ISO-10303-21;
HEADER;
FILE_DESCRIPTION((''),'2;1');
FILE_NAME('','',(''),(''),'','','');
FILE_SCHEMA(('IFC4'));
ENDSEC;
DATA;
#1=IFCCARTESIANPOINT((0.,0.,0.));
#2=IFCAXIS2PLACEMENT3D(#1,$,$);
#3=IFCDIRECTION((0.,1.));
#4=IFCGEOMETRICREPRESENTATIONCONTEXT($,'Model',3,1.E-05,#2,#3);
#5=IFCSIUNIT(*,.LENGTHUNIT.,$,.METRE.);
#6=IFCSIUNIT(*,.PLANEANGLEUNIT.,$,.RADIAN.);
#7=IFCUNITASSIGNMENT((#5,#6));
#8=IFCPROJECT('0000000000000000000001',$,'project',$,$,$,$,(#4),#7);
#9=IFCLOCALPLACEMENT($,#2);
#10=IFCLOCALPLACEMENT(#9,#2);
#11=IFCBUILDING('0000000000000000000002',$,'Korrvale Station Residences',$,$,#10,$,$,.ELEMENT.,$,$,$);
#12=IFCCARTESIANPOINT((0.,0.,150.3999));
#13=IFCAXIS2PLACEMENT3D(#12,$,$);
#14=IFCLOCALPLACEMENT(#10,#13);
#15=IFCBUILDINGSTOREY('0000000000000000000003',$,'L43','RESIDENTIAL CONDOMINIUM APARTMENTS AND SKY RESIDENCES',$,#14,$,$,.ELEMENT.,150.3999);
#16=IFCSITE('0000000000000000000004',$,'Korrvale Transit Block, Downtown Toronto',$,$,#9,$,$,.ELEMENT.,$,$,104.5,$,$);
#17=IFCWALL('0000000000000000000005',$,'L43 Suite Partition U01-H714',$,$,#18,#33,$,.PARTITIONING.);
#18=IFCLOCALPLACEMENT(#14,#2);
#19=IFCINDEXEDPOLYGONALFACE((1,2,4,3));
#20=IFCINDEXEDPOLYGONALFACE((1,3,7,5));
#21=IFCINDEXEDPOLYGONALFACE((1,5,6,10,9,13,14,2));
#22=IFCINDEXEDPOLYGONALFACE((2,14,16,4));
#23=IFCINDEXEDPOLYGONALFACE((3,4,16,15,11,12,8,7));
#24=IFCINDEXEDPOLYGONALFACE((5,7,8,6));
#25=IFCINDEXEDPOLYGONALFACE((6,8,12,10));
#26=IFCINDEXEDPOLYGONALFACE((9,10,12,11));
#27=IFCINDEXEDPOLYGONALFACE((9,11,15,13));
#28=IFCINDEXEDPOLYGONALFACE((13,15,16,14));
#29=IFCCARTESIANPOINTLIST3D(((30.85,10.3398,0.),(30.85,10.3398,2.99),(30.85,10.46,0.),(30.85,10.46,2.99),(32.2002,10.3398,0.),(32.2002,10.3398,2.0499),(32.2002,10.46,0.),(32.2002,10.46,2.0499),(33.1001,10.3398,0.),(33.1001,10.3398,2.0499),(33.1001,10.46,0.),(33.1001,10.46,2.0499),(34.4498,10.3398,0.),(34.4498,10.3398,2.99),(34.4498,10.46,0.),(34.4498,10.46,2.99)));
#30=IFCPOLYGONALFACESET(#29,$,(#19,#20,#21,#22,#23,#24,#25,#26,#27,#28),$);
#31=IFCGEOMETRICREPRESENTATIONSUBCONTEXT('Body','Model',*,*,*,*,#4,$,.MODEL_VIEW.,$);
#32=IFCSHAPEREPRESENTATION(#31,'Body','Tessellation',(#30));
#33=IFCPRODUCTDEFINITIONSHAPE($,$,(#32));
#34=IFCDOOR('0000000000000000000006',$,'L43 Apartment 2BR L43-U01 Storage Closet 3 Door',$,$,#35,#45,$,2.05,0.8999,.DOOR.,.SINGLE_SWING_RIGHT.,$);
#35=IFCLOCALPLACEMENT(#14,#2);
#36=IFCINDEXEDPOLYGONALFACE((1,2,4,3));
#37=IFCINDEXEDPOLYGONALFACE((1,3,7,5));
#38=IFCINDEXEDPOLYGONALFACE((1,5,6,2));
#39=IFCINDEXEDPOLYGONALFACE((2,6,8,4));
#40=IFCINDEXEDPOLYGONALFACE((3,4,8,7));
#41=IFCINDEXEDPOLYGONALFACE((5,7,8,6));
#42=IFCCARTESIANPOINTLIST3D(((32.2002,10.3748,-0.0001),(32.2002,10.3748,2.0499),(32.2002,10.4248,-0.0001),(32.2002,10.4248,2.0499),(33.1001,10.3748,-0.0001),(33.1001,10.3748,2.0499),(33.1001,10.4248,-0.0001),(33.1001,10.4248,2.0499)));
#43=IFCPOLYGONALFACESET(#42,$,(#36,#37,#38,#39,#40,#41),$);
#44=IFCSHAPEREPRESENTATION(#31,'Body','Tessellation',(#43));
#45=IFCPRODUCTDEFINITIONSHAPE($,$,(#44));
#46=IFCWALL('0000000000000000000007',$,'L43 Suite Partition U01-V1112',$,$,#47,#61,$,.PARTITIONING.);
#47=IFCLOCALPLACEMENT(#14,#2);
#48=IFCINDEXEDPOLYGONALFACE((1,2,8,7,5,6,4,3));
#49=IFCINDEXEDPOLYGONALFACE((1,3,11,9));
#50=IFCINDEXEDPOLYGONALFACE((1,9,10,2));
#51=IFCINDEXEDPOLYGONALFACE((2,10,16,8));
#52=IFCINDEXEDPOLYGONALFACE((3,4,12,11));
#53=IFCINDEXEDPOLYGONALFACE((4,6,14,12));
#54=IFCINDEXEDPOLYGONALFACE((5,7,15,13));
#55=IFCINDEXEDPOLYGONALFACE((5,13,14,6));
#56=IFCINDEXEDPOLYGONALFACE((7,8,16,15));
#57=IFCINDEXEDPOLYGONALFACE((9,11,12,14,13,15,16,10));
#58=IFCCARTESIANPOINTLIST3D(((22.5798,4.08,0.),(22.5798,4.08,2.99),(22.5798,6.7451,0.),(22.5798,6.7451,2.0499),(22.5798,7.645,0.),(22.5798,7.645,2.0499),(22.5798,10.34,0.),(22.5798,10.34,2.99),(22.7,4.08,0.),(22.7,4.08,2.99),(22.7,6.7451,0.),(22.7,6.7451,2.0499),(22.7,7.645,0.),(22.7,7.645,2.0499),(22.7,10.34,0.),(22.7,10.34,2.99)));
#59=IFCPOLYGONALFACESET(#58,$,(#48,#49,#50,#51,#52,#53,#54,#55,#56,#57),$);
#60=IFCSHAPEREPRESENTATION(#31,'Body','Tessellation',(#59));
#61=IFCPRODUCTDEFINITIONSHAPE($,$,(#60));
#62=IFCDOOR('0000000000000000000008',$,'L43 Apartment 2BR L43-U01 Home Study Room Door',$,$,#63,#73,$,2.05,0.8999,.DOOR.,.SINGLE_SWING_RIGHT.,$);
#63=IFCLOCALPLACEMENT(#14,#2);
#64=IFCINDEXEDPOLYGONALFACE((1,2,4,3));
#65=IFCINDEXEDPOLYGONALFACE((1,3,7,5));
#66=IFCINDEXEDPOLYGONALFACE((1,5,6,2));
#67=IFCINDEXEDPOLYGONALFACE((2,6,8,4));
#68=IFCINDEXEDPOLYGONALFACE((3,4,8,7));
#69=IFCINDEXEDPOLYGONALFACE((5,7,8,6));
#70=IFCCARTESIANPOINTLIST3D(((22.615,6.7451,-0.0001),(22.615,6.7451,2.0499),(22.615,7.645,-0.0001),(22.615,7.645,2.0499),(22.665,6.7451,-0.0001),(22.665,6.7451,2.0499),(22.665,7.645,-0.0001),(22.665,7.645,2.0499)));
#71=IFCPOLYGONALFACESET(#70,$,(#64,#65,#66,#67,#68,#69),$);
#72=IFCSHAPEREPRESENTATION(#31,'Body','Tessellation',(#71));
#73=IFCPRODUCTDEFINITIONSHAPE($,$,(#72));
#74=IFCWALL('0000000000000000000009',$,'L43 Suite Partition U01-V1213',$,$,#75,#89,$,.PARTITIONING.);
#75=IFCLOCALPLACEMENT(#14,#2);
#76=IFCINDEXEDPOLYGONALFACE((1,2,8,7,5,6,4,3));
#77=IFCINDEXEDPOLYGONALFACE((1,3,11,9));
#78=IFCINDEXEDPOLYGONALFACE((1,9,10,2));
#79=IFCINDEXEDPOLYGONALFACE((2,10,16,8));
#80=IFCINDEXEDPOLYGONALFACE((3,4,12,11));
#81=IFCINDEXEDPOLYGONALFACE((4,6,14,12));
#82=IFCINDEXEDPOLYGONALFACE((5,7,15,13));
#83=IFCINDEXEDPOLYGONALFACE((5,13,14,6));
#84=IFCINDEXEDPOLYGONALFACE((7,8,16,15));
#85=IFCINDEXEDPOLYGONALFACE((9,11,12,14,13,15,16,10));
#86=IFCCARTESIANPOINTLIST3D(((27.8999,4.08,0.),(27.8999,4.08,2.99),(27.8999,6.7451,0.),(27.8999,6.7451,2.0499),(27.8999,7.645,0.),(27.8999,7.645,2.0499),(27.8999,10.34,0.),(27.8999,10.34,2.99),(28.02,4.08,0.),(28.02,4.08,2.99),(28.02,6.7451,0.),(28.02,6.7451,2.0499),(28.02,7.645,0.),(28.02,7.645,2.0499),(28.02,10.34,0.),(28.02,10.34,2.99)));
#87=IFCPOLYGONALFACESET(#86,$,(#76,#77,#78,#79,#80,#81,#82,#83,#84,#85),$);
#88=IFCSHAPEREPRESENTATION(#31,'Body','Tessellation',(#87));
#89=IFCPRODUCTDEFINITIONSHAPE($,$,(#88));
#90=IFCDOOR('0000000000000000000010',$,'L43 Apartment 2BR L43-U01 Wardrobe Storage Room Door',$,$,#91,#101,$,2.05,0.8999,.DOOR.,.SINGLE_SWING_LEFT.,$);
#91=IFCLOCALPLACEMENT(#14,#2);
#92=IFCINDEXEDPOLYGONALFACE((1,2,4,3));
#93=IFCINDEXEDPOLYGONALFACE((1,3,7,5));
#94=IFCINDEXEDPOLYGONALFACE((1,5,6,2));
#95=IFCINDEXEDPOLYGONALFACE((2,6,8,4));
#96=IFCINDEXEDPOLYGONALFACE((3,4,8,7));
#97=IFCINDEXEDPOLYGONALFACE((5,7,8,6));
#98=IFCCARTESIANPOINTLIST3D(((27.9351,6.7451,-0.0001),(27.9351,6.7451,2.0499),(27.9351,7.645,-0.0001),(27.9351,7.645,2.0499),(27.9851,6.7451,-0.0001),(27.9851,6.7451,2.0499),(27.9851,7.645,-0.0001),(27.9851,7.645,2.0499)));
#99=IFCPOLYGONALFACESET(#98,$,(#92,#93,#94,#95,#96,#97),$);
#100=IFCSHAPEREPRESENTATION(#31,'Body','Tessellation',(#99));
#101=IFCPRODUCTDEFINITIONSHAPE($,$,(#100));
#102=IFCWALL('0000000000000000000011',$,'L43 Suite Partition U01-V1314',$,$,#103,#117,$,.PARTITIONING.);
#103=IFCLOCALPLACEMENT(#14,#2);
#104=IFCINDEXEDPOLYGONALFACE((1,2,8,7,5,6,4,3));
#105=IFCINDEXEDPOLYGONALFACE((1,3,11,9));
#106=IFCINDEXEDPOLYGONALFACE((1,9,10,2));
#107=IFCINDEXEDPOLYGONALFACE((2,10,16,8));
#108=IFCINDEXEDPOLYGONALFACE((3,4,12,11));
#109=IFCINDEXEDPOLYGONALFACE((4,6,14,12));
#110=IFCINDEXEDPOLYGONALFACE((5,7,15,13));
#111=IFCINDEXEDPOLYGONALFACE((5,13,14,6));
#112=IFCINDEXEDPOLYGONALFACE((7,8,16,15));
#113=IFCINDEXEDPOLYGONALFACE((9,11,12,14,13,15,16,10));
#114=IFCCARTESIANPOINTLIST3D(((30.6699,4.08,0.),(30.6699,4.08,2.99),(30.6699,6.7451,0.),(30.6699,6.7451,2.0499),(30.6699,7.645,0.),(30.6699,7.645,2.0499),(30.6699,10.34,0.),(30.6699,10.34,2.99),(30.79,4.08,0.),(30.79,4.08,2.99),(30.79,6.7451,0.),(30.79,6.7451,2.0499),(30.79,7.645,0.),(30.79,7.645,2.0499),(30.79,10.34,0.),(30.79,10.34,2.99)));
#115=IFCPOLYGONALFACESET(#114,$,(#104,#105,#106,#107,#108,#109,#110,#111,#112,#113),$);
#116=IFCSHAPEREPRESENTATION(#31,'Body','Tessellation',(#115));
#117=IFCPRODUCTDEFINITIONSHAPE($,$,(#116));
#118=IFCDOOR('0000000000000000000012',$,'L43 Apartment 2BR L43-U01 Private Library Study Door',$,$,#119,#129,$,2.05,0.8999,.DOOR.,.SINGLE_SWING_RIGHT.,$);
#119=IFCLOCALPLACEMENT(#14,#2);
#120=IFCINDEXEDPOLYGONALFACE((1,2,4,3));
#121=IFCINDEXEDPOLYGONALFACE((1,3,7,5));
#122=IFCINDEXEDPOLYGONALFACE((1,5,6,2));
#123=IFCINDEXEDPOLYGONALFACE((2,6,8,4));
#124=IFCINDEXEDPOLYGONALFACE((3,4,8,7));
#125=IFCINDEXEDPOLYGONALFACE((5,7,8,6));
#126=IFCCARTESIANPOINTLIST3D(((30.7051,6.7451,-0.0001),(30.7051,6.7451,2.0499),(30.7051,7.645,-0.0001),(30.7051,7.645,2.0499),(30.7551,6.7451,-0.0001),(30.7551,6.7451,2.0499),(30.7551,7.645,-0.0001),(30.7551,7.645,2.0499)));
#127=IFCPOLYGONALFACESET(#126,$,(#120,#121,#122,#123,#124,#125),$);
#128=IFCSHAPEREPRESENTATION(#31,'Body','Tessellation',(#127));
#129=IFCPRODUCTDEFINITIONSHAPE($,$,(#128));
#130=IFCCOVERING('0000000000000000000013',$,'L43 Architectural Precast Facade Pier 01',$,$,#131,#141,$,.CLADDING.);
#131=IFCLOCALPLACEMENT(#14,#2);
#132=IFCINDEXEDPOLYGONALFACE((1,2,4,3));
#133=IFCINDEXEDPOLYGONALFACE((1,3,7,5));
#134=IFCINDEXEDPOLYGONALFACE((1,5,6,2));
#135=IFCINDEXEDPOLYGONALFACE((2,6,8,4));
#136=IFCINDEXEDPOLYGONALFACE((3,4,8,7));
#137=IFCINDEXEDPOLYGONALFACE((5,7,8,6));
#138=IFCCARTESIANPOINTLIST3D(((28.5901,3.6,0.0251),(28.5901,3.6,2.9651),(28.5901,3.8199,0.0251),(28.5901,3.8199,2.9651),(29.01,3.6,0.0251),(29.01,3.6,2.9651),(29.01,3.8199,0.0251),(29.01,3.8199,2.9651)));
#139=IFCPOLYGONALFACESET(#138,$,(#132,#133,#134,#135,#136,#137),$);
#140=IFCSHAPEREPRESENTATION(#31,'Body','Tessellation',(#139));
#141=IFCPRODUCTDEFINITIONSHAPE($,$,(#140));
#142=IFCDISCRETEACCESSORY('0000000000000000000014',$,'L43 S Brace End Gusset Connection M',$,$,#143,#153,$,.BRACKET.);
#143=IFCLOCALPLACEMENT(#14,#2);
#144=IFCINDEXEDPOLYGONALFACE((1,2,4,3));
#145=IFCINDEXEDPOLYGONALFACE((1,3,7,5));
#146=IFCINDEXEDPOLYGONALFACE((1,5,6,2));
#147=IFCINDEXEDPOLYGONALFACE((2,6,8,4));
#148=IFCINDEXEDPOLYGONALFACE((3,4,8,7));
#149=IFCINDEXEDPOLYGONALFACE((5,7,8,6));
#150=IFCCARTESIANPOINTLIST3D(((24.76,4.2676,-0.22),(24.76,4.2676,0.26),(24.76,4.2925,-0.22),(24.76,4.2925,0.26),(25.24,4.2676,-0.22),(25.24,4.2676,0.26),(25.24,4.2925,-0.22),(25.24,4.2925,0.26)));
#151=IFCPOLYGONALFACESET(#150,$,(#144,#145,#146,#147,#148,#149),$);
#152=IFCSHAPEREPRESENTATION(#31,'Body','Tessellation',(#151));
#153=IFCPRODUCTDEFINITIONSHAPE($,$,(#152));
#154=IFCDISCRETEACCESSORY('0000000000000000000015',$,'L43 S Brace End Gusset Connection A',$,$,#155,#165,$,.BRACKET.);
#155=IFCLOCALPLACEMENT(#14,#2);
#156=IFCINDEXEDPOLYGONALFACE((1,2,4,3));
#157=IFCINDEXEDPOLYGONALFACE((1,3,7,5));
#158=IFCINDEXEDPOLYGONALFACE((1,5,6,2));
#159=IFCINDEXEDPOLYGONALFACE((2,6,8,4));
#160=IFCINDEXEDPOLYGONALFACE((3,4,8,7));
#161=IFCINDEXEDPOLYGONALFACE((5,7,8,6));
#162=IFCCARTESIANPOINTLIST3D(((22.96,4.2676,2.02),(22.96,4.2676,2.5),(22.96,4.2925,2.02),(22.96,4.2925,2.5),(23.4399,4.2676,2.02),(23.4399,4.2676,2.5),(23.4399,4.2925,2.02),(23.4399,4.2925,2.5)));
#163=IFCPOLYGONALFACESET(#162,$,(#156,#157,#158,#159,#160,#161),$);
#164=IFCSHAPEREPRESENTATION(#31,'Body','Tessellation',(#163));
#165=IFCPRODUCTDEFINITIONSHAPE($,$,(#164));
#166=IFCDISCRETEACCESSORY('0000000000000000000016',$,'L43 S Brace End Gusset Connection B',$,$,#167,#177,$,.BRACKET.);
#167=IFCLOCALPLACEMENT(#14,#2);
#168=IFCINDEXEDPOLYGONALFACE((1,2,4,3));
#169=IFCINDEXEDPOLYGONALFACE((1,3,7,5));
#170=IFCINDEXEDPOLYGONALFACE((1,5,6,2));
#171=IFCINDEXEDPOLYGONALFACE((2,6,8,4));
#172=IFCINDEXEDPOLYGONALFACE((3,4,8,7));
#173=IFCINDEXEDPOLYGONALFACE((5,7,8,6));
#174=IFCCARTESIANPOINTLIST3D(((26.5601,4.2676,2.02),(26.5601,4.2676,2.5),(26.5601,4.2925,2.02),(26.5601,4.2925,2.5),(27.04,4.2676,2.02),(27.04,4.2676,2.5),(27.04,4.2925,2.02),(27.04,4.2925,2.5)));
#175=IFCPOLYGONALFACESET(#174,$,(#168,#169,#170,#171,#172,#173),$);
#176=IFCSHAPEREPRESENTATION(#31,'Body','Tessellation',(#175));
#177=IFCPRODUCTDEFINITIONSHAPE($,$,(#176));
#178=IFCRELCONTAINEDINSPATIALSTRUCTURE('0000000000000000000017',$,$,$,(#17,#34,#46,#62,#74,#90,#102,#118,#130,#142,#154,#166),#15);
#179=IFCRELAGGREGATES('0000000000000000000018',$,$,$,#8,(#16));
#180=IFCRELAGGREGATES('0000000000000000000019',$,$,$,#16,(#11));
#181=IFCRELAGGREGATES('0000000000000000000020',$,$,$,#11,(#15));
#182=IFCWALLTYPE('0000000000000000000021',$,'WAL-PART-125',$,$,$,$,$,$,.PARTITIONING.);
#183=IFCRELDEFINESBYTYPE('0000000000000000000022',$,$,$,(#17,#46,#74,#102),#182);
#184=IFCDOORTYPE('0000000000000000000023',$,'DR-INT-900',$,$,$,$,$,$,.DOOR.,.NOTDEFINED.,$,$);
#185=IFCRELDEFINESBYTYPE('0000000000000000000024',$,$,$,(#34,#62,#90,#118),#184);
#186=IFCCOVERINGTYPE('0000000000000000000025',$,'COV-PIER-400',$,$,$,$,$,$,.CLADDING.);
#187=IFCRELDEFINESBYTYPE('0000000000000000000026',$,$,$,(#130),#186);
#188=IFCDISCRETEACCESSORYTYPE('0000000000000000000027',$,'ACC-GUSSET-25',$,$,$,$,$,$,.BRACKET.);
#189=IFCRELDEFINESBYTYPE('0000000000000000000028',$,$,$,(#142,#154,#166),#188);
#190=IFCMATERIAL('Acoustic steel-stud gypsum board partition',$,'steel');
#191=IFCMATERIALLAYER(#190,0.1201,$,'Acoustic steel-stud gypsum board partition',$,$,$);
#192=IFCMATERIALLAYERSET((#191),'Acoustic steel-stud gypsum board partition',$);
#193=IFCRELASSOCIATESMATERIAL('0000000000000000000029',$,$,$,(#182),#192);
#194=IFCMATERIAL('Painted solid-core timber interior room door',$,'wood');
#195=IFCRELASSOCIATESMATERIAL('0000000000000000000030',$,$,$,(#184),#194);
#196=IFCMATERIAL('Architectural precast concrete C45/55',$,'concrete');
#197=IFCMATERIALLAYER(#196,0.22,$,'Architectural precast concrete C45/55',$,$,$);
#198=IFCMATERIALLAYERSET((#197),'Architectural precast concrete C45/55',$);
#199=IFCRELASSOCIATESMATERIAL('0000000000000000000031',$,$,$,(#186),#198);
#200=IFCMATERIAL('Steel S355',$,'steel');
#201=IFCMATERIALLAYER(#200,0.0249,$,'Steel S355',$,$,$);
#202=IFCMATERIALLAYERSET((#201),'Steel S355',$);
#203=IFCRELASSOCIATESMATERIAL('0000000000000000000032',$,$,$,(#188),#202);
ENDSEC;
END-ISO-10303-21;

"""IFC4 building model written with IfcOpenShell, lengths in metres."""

from ifc_helpers import new_model, si_unit, direction, frame, frame_2d, origin, origin_2d, place, context, subcontext, project, spatial, rectangle, extrude, material, layer, layer_set, type_object, element, fill, save


model = new_model("IFC4")

# Units and contexts
model_context = context("Model", 3, precision=1e-05, world=origin(), true_north=direction((0.0, 1.0)))
body_context = subcontext(model_context, "Body", "Model", "MODEL_VIEW")
ifc_project = project(units=[si_unit("LENGTHUNIT", "METRE"), si_unit("PLANEANGLEUNIT", "RADIAN")], contexts=[model_context])

# Site, building, storey
site_placement = place(None, origin())
site = spatial("IfcSite", under=ifc_project, at=site_placement, Name="Korrvale Transit Block, Downtown Toronto", CompositionType="ELEMENT", RefElevation=104.5)
building_placement = place(site_placement, origin())
building = spatial("IfcBuilding", under=site, at=building_placement, Name="Korrvale Station Residences", CompositionType="ELEMENT")
storey_placement = place(building_placement, frame((0.0, 0.0, 150.3999)))
storey = spatial("IfcBuildingStorey", under=building, at=storey_placement, Name="L43", Description="RESIDENTIAL CONDOMINIUM APARTMENTS AND SKY RESIDENCES", CompositionType="ELEMENT", Elevation=150.3999)

# Shared definitions
ifc_material_1 = material(Name="Steel S355", Category="steel")

# Shared definitions
ifc_material_2 = material(Name="Acoustic steel-stud gypsum board partition", Category="steel")
ifc_layer_1 = layer(ifc_material_2, 0.1201, Name="Acoustic steel-stud gypsum board partition")
ifc_layer_set_1 = layer_set([ifc_layer_1], Name="Acoustic steel-stud gypsum board partition")
wall_type = type_object("IfcWallType", Name="WAL-PART-125", PredefinedType="PARTITIONING", material=ifc_layer_set_1)
ifc_material_3 = material(Name="Painted solid-core timber interior room door", Category="wood")
door_type = type_object("IfcDoorType", Name="DR-INT-900", OperationType="NOTDEFINED", PredefinedType="DOOR", material=ifc_material_3)

# Walls, openings, doors
wall_1_placement = place(storey_placement, frame((30.8501, 10.3999, 0.0), z_axis=(0.0, 0.0, 1.0), x_axis=(1.0, 0.0, 0.0)))
wall_1 = element("IfcWall", 1, at=wall_1_placement, inside=storey, type_object=wall_type, Name="L43 Suite Partition U01-H714", PredefinedType="PARTITIONING", context=body_context, shape_type="SweptSolid", body=[
    extrude(rectangle(XDim=3.5999, YDim=0.1201, at=frame_2d((1.7998, 0.0))), origin(), (0.0, 0.0, 1.0), 2.99),
])
opening_1_placement = place(wall_1_placement, frame((1.3501, 0.0, 0.0)))
opening_1 = element("IfcOpeningElement", 2, at=opening_1_placement, cuts=wall_1, PredefinedType="OPENING", context=body_context, shape_type="SweptSolid", body=[
    extrude(rectangle(XDim=0.8999, YDim=2.05, at=frame_2d((0.45, 1.0249))), frame((0.0, 0.0701, 0.0), z_axis=(0.0, -1.0, 0.0), x_axis=(1.0, 0.0, 0.0)), (0.0, 0.0, 1.0), 0.1401),
])
door_1_placement = place(opening_1_placement, origin())
door_1 = element("IfcDoor", 3, at=door_1_placement, inside=storey, type_object=door_type, Name="L43 Apartment 2BR L43-U01 Storage Closet 3 Door", OperationType="SINGLE_SWING_RIGHT", OverallHeight=2.05, OverallWidth=0.8999, PredefinedType="DOOR", context=body_context, shape_type="SweptSolid", body=[
    extrude(rectangle(XDim=0.8999, YDim=2.05, at=frame_2d((0.45, 1.0249))), frame((0.0, 0.0249, 0.0), z_axis=(0.0, -1.0, 0.0), x_axis=(1.0, 0.0, 0.0)), (0.0, 0.0, 1.0), 0.05),
])
fill(opening_1, door_1)
wall_2_placement = place(storey_placement, frame((22.6399, 4.0801, 0.0), z_axis=(0.0, 0.0, 1.0), x_axis=(0.0, 1.0, 0.0)))
wall_2 = element("IfcWall", 4, at=wall_2_placement, inside=storey, type_object=wall_type, Name="L43 Suite Partition U01-V1112", PredefinedType="PARTITIONING", context=body_context, shape_type="SweptSolid", body=[
    extrude(rectangle(XDim=6.26, YDim=0.1201, at=frame_2d((3.1299, 0.0))), origin(), (0.0, 0.0, 1.0), 2.99),
])
opening_2_placement = place(wall_2_placement, frame((2.665, 0.0, 0.0)))
opening_2 = element("IfcOpeningElement", 5, at=opening_2_placement, cuts=wall_2, PredefinedType="OPENING", context=body_context, shape_type="SweptSolid", body=[
    extrude(rectangle(XDim=0.8999, YDim=2.05, at=frame_2d((0.45, 1.0249))), frame((0.0, 0.0701, 0.0), z_axis=(0.0, -1.0, 0.0), x_axis=(1.0, 0.0, 0.0)), (0.0, 0.0, 1.0), 0.1401),
])
door_2_placement = place(opening_2_placement, origin())
door_2 = element("IfcDoor", 6, at=door_2_placement, inside=storey, type_object=door_type, Name="L43 Apartment 2BR L43-U01 Home Study Room Door", OperationType="SINGLE_SWING_RIGHT", OverallHeight=2.05, OverallWidth=0.8999, PredefinedType="DOOR", context=body_context, shape_type="SweptSolid", body=[
    extrude(rectangle(XDim=0.8999, YDim=2.05, at=frame_2d((0.45, 1.0249))), frame((0.0, 0.0249, 0.0), z_axis=(0.0, -1.0, 0.0), x_axis=(1.0, 0.0, 0.0)), (0.0, 0.0, 1.0), 0.05),
])
fill(opening_2, door_2)
wall_3_placement = place(storey_placement, frame((27.96, 4.0801, 0.0), z_axis=(0.0, 0.0, 1.0), x_axis=(0.0, 1.0, 0.0)))
wall_3 = element("IfcWall", 7, at=wall_3_placement, inside=storey, type_object=wall_type, Name="L43 Suite Partition U01-V1213", PredefinedType="PARTITIONING", context=body_context, shape_type="SweptSolid", body=[
    extrude(rectangle(XDim=6.26, YDim=0.1201, at=frame_2d((3.1299, 0.0))), origin(), (0.0, 0.0, 1.0), 2.99),
])
opening_3_placement = place(wall_3_placement, frame((2.665, 0.0, 0.0)))
opening_3 = element("IfcOpeningElement", 8, at=opening_3_placement, cuts=wall_3, PredefinedType="OPENING", context=body_context, shape_type="SweptSolid", body=[
    extrude(rectangle(XDim=0.8999, YDim=2.05, at=frame_2d((0.45, 1.0249))), frame((0.0, 0.0701, 0.0), z_axis=(0.0, -1.0, 0.0), x_axis=(1.0, 0.0, 0.0)), (0.0, 0.0, 1.0), 0.1401),
])
door_3_placement = place(opening_3_placement, origin())
door_3 = element("IfcDoor", 9, at=door_3_placement, inside=storey, type_object=door_type, Name="L43 Apartment 2BR L43-U01 Wardrobe Storage Room Door", OperationType="SINGLE_SWING_LEFT", OverallHeight=2.05, OverallWidth=0.8999, PredefinedType="DOOR", context=body_context, shape_type="SweptSolid", body=[
    extrude(rectangle(XDim=0.8999, YDim=2.05, at=frame_2d((0.45, 1.0249))), frame((0.0, 0.0249, 0.0), z_axis=(0.0, -1.0, 0.0), x_axis=(1.0, 0.0, 0.0)), (0.0, 0.0, 1.0), 0.05),
])
fill(opening_3, door_3)
wall_4_placement = place(storey_placement, frame((30.73, 4.0801, 0.0), z_axis=(0.0, 0.0, 1.0), x_axis=(0.0, 1.0, 0.0)))
wall_4 = element("IfcWall", 10, at=wall_4_placement, inside=storey, type_object=wall_type, Name="L43 Suite Partition U01-V1314", PredefinedType="PARTITIONING", context=body_context, shape_type="SweptSolid", body=[
    extrude(rectangle(XDim=6.26, YDim=0.1201, at=frame_2d((3.1299, 0.0))), origin(), (0.0, 0.0, 1.0), 2.99),
])
opening_4_placement = place(wall_4_placement, frame((2.665, 0.0, 0.0)))
opening_4 = element("IfcOpeningElement", 11, at=opening_4_placement, cuts=wall_4, PredefinedType="OPENING", context=body_context, shape_type="SweptSolid", body=[
    extrude(rectangle(XDim=0.8999, YDim=2.05, at=frame_2d((0.45, 1.0249))), frame((0.0, 0.0701, 0.0), z_axis=(0.0, -1.0, 0.0), x_axis=(1.0, 0.0, 0.0)), (0.0, 0.0, 1.0), 0.1401),
])
door_4_placement = place(opening_4_placement, origin())
door_4 = element("IfcDoor", 12, at=door_4_placement, inside=storey, type_object=door_type, Name="L43 Apartment 2BR L43-U01 Private Library Study Door", OperationType="SINGLE_SWING_RIGHT", OverallHeight=2.05, OverallWidth=0.8999, PredefinedType="DOOR", context=body_context, shape_type="SweptSolid", body=[
    extrude(rectangle(XDim=0.8999, YDim=2.05, at=frame_2d((0.45, 1.0249))), frame((0.0, 0.0249, 0.0), z_axis=(0.0, -1.0, 0.0), x_axis=(1.0, 0.0, 0.0)), (0.0, 0.0, 1.0), 0.05),
])
fill(opening_4, door_4)

# Covering
ifc_material_4 = material(Name="Architectural precast concrete C45/55", Category="concrete")
ifc_layer_2 = layer(ifc_material_4, 0.22, Name="Architectural precast concrete C45/55")
ifc_layer_set_2 = layer_set([ifc_layer_2], Name="Architectural precast concrete C45/55")
covering_type = type_object("IfcCoveringType", Name="COV-PIER-400", PredefinedType="CLADDING", material=ifc_layer_set_2)
covering_placement = place(storey_placement, frame((28.8, 3.71, 0.0251), z_axis=(0.0, 0.0, 1.0), x_axis=(1.0, 0.0, 0.0)))
element("IfcCovering", 13, at=covering_placement, inside=storey, type_object=covering_type, Name="L43 Architectural Precast Facade Pier 01", PredefinedType="CLADDING", context=body_context, shape_type="SweptSolid", body=[
    extrude(rectangle(XDim=0.4199, YDim=0.22, at=origin_2d()), origin(), (0.0, 0.0, 1.0), 2.9399),
])

# Discrete accessories
ifc_layer_3 = layer(ifc_material_1, 0.0249, Name="Steel S355")
ifc_layer_set_3 = layer_set([ifc_layer_3], Name="Steel S355")
discrete_accessory_type = type_object("IfcDiscreteAccessoryType", Name="ACC-GUSSET-25", PredefinedType="BRACKET", material=ifc_layer_set_3)
for number, where, z_axis, x_axis, name in (
    (14, (25.0, 4.28, -0.22), (0.0, 0.0, 1.0), (1.0, 0.0, 0.0), "L43 S Brace End Gusset Connection M"),
    (15, (23.2, 4.28, 2.02), (0.0, 0.0, 1.0), (1.0, 0.0, 0.0), "L43 S Brace End Gusset Connection A"),
    (16, (26.8, 4.28, 2.02), (0.0, 0.0, 1.0), (1.0, 0.0, 0.0), "L43 S Brace End Gusset Connection B"),
):
    element("IfcDiscreteAccessory", number, at=place(storey_placement, frame(where, z_axis=z_axis, x_axis=x_axis)), inside=storey, type_object=discrete_accessory_type, Name=name, PredefinedType="BRACKET", context=body_context, shape_type="SweptSolid", body=[
        extrude(rectangle(XDim=0.48, YDim=0.0249, at=origin_2d()), origin(), (0.0, 0.0, 1.0), 0.48),
    ])

save(model, "model.ifc")
